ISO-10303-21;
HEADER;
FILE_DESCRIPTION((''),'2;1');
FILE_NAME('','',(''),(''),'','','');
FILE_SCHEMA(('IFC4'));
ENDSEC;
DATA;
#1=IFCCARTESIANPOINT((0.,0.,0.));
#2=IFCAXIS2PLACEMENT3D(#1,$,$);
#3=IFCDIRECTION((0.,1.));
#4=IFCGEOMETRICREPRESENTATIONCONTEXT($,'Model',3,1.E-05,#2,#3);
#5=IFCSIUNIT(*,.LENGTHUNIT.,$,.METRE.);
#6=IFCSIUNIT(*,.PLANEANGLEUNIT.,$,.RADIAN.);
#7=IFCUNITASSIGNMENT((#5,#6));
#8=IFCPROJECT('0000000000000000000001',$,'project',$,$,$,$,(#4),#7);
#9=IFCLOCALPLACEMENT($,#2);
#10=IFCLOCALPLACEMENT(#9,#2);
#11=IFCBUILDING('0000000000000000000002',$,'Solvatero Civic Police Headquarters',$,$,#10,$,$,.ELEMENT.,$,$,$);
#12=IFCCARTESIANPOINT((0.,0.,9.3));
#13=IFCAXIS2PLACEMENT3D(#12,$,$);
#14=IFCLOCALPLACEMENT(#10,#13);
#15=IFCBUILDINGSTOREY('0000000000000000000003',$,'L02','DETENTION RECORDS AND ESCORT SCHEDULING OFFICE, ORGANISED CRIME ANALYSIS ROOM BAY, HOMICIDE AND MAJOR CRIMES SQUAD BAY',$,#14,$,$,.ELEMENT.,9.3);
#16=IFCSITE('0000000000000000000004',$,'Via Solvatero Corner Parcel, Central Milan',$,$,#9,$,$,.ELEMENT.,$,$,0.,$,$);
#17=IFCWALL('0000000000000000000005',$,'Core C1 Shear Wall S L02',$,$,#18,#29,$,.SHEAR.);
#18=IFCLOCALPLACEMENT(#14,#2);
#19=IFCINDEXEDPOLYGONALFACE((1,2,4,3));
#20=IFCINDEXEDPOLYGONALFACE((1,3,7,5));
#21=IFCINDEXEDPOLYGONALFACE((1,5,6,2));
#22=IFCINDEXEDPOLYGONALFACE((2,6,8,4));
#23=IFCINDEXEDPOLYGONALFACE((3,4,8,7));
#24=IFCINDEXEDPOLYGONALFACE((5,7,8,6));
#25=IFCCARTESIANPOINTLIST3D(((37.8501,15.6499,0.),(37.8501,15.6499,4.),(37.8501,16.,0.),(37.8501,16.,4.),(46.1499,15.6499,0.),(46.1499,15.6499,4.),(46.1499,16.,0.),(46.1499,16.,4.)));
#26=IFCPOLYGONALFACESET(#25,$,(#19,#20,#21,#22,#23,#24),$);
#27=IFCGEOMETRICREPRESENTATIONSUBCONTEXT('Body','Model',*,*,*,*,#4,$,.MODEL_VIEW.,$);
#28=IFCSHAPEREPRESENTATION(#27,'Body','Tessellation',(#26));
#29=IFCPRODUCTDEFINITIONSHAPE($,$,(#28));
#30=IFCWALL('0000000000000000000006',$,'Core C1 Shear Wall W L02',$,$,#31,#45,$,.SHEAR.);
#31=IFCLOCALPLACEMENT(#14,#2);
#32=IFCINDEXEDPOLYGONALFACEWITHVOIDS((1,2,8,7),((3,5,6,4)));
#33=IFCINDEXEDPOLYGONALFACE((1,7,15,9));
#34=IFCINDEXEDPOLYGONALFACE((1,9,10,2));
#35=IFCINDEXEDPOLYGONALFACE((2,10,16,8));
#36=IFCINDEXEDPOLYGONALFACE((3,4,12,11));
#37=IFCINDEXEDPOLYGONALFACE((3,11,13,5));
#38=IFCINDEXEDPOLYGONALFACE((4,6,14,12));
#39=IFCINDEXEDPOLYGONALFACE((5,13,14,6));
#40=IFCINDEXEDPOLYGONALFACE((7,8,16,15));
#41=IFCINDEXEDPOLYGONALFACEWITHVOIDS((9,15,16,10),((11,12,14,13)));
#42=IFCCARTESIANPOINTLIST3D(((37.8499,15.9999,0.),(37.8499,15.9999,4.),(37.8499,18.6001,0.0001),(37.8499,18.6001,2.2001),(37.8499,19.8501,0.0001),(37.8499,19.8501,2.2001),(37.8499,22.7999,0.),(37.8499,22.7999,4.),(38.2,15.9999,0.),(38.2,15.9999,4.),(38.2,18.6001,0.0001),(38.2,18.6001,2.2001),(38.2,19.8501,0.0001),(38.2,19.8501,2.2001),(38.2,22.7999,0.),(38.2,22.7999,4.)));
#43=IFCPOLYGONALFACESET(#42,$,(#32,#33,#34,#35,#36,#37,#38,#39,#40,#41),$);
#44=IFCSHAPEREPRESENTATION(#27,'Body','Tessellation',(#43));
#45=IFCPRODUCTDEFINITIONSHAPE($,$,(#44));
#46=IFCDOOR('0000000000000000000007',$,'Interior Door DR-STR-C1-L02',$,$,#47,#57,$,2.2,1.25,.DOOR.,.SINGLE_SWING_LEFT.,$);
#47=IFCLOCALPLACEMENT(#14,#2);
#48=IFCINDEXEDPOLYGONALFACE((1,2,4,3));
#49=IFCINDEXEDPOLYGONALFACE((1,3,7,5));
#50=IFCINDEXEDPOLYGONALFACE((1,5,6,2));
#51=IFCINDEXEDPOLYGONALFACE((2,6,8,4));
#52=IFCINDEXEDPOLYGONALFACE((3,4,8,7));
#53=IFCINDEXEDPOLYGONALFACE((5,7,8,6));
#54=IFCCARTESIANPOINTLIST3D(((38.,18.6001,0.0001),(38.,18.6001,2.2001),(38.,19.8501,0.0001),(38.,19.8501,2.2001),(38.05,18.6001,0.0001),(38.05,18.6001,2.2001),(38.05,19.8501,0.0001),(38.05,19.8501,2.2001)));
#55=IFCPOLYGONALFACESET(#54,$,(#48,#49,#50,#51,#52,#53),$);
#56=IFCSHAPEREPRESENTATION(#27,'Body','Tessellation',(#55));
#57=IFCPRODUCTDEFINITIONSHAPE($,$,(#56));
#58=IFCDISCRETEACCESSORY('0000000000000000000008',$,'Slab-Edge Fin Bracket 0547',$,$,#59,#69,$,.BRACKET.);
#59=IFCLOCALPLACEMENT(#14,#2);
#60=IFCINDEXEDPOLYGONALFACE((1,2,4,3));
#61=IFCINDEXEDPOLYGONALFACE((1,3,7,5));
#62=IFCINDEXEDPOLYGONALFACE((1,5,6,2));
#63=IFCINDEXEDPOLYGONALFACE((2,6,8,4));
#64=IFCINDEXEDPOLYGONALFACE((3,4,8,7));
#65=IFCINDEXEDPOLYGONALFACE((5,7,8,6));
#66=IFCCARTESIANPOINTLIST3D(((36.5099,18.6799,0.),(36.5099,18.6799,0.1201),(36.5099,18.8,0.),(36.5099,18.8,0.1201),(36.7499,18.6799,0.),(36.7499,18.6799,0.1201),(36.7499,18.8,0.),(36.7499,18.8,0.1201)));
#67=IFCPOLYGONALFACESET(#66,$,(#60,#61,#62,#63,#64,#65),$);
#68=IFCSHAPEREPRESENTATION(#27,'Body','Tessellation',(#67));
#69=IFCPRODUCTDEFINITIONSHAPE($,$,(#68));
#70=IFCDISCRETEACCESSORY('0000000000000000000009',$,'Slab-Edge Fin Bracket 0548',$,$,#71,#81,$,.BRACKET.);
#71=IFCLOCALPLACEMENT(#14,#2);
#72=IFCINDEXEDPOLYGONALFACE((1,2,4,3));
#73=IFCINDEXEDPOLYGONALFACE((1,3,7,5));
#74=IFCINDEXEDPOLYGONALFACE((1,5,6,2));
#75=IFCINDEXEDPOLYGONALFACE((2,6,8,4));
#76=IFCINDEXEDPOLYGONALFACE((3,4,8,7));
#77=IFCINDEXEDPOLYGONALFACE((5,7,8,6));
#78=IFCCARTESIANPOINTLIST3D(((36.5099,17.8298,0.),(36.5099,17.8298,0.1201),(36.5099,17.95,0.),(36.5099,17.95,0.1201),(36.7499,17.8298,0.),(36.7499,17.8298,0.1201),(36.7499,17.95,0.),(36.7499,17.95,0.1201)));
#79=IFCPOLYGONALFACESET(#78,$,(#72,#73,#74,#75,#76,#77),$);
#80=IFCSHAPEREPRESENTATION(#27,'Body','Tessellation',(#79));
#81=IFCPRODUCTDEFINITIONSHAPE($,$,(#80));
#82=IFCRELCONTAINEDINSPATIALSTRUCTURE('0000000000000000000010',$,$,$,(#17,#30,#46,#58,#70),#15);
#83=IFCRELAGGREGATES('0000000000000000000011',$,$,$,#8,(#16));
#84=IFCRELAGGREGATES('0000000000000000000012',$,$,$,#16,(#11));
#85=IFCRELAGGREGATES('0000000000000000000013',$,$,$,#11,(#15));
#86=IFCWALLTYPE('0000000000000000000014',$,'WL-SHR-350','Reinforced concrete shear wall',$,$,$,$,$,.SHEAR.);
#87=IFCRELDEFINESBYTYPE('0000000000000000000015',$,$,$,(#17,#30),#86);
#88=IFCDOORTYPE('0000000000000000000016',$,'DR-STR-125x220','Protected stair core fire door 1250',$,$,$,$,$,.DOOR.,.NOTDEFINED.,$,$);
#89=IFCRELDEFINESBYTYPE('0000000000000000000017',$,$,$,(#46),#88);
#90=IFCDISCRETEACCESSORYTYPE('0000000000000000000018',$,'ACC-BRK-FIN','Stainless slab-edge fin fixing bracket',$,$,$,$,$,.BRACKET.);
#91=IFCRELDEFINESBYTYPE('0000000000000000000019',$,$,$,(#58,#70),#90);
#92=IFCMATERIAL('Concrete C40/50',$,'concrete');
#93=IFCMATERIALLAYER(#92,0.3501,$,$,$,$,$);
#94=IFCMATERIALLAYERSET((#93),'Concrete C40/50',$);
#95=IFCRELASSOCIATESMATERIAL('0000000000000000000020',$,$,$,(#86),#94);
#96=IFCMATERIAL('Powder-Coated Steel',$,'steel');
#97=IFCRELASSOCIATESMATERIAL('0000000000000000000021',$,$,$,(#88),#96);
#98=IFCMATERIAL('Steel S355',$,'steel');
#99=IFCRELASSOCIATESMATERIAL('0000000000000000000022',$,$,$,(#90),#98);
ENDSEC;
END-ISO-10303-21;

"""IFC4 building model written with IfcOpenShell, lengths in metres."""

from ifc_helpers import new_model, si_unit, direction, frame, frame_2d, origin, origin_2d, place, context, subcontext, project, spatial, rectangle, extrude, material, layer, layer_set, type_object, element, fill, save


model = new_model("IFC4")

# Units and contexts
model_context = context("Model", 3, precision=1e-05, world=origin(), true_north=direction((0.0, 1.0)))
body_context = subcontext(model_context, "Body", "Model", "MODEL_VIEW")
ifc_project = project(units=[si_unit("LENGTHUNIT", "METRE"), si_unit("PLANEANGLEUNIT", "RADIAN")], contexts=[model_context])

# Site, building, storey
site_placement = place(None, origin())
site = spatial("IfcSite", under=ifc_project, at=site_placement, Name="Via Solvatero Corner Parcel, Central Milan", CompositionType="ELEMENT", RefElevation=0.0)
building_placement = place(site_placement, origin())
building = spatial("IfcBuilding", under=site, at=building_placement, Name="Solvatero Civic Police Headquarters", CompositionType="ELEMENT")
storey_placement = place(building_placement, frame((0.0, 0.0, 9.3)))
storey = spatial("IfcBuildingStorey", under=building, at=storey_placement, Name="L02", Description="DETENTION RECORDS AND ESCORT SCHEDULING OFFICE, ORGANISED CRIME ANALYSIS ROOM BAY, HOMICIDE AND MAJOR CRIMES SQUAD BAY", CompositionType="ELEMENT", Elevation=9.3)

# Shared definitions
ifc_material_1 = material(Name="Steel S355", Category="steel")

# Wall
ifc_material_2 = material(Name="Concrete C40/50", Category="concrete")
ifc_layer_1 = layer(ifc_material_2, 0.3501)
ifc_layer_set_1 = layer_set([ifc_layer_1], Name="Concrete C40/50")
wall_type = type_object("IfcWallType", Name="WL-SHR-350", Description="Reinforced concrete shear wall", PredefinedType="SHEAR", material=ifc_layer_set_1)
wall_1_placement = place(storey_placement, frame((37.8501, 15.825, 0.0), z_axis=(0.0, 0.0, 1.0), x_axis=(1.0, 0.0, 0.0)))
element("IfcWall", 1, at=wall_1_placement, inside=storey, type_object=wall_type, Name="Core C1 Shear Wall S L02", PredefinedType="SHEAR", context=body_context, shape_type="SweptSolid", body=[
    extrude(rectangle(XDim=8.2998, YDim=0.3501, at=frame_2d((4.1499, 0.0))), origin(), (0.0, 0.0, 1.0), 4.0),
])

# Wall, opening, door
wall_2_placement = place(storey_placement, frame((38.0249, 16.0, 0.0), z_axis=(0.0, 0.0, 1.0), x_axis=(0.0, 1.0, 0.0)))
wall_2 = element("IfcWall", 2, at=wall_2_placement, inside=storey, type_object=wall_type, Name="Core C1 Shear Wall W L02", PredefinedType="SHEAR", context=body_context, shape_type="SweptSolid", body=[
    extrude(rectangle(XDim=6.8, YDim=0.3501, at=frame_2d((3.3999, 0.0))), origin(), (0.0, 0.0, 1.0), 4.0),
])
opening_placement = place(wall_2_placement, frame((2.6001, 0.0, 0.0)))
opening = element("IfcOpeningElement", 3, at=opening_placement, cuts=wall_2, PredefinedType="OPENING", context=body_context, shape_type="SweptSolid", body=[
    extrude(rectangle(XDim=1.25, YDim=2.2, at=frame_2d((0.625, 1.1001))), frame((0.0, 0.1851, 0.0), z_axis=(0.0, -1.0, 0.0), x_axis=(1.0, 0.0, 0.0)), (0.0, 0.0, 1.0), 0.3701),
])
ifc_material_3 = material(Name="Powder-Coated Steel", Category="steel")
door_type = type_object("IfcDoorType", Name="DR-STR-125x220", Description="Protected stair core fire door 1250", OperationType="NOTDEFINED", PredefinedType="DOOR", material=ifc_material_3)
door_placement = place(opening_placement, origin())
door = element("IfcDoor", 4, at=door_placement, inside=storey, type_object=door_type, Name="Interior Door DR-STR-C1-L02", OperationType="SINGLE_SWING_LEFT", OverallHeight=2.2, OverallWidth=1.25, PredefinedType="DOOR", context=body_context, shape_type="SweptSolid", body=[
    extrude(rectangle(XDim=1.25, YDim=2.2, at=frame_2d((0.625, 1.1001))), frame((0.0, 0.0249, 0.0), z_axis=(0.0, -1.0, 0.0), x_axis=(1.0, 0.0, 0.0)), (0.0, 0.0, 1.0), 0.05),
])
fill(opening, door)

# Discrete accessories
discrete_accessory_type = type_object("IfcDiscreteAccessoryType", Name="ACC-BRK-FIN", Description="Stainless slab-edge fin fixing bracket", PredefinedType="BRACKET", material=ifc_material_1)
for number, where, z_axis, x_axis, name in (
    (5, (36.6299, 18.74, 0.0), (0.0, 0.0, 1.0), (0.0, -1.0, 0.0), "Slab-Edge Fin Bracket 0547"),
    (6, (36.6299, 17.8899, 0.0), (0.0, 0.0, 1.0), (0.0, -1.0, 0.0), "Slab-Edge Fin Bracket 0548"),
):
    element("IfcDiscreteAccessory", number, at=place(storey_placement, frame(where, z_axis=z_axis, x_axis=x_axis)), inside=storey, type_object=discrete_accessory_type, Name=name, PredefinedType="BRACKET", context=body_context, shape_type="SweptSolid", body=[
        extrude(rectangle(XDim=0.1201, YDim=0.24, at=origin_2d()), origin(), (0.0, 0.0, 1.0), 0.1201),
    ])

save(model, "model.ifc")
